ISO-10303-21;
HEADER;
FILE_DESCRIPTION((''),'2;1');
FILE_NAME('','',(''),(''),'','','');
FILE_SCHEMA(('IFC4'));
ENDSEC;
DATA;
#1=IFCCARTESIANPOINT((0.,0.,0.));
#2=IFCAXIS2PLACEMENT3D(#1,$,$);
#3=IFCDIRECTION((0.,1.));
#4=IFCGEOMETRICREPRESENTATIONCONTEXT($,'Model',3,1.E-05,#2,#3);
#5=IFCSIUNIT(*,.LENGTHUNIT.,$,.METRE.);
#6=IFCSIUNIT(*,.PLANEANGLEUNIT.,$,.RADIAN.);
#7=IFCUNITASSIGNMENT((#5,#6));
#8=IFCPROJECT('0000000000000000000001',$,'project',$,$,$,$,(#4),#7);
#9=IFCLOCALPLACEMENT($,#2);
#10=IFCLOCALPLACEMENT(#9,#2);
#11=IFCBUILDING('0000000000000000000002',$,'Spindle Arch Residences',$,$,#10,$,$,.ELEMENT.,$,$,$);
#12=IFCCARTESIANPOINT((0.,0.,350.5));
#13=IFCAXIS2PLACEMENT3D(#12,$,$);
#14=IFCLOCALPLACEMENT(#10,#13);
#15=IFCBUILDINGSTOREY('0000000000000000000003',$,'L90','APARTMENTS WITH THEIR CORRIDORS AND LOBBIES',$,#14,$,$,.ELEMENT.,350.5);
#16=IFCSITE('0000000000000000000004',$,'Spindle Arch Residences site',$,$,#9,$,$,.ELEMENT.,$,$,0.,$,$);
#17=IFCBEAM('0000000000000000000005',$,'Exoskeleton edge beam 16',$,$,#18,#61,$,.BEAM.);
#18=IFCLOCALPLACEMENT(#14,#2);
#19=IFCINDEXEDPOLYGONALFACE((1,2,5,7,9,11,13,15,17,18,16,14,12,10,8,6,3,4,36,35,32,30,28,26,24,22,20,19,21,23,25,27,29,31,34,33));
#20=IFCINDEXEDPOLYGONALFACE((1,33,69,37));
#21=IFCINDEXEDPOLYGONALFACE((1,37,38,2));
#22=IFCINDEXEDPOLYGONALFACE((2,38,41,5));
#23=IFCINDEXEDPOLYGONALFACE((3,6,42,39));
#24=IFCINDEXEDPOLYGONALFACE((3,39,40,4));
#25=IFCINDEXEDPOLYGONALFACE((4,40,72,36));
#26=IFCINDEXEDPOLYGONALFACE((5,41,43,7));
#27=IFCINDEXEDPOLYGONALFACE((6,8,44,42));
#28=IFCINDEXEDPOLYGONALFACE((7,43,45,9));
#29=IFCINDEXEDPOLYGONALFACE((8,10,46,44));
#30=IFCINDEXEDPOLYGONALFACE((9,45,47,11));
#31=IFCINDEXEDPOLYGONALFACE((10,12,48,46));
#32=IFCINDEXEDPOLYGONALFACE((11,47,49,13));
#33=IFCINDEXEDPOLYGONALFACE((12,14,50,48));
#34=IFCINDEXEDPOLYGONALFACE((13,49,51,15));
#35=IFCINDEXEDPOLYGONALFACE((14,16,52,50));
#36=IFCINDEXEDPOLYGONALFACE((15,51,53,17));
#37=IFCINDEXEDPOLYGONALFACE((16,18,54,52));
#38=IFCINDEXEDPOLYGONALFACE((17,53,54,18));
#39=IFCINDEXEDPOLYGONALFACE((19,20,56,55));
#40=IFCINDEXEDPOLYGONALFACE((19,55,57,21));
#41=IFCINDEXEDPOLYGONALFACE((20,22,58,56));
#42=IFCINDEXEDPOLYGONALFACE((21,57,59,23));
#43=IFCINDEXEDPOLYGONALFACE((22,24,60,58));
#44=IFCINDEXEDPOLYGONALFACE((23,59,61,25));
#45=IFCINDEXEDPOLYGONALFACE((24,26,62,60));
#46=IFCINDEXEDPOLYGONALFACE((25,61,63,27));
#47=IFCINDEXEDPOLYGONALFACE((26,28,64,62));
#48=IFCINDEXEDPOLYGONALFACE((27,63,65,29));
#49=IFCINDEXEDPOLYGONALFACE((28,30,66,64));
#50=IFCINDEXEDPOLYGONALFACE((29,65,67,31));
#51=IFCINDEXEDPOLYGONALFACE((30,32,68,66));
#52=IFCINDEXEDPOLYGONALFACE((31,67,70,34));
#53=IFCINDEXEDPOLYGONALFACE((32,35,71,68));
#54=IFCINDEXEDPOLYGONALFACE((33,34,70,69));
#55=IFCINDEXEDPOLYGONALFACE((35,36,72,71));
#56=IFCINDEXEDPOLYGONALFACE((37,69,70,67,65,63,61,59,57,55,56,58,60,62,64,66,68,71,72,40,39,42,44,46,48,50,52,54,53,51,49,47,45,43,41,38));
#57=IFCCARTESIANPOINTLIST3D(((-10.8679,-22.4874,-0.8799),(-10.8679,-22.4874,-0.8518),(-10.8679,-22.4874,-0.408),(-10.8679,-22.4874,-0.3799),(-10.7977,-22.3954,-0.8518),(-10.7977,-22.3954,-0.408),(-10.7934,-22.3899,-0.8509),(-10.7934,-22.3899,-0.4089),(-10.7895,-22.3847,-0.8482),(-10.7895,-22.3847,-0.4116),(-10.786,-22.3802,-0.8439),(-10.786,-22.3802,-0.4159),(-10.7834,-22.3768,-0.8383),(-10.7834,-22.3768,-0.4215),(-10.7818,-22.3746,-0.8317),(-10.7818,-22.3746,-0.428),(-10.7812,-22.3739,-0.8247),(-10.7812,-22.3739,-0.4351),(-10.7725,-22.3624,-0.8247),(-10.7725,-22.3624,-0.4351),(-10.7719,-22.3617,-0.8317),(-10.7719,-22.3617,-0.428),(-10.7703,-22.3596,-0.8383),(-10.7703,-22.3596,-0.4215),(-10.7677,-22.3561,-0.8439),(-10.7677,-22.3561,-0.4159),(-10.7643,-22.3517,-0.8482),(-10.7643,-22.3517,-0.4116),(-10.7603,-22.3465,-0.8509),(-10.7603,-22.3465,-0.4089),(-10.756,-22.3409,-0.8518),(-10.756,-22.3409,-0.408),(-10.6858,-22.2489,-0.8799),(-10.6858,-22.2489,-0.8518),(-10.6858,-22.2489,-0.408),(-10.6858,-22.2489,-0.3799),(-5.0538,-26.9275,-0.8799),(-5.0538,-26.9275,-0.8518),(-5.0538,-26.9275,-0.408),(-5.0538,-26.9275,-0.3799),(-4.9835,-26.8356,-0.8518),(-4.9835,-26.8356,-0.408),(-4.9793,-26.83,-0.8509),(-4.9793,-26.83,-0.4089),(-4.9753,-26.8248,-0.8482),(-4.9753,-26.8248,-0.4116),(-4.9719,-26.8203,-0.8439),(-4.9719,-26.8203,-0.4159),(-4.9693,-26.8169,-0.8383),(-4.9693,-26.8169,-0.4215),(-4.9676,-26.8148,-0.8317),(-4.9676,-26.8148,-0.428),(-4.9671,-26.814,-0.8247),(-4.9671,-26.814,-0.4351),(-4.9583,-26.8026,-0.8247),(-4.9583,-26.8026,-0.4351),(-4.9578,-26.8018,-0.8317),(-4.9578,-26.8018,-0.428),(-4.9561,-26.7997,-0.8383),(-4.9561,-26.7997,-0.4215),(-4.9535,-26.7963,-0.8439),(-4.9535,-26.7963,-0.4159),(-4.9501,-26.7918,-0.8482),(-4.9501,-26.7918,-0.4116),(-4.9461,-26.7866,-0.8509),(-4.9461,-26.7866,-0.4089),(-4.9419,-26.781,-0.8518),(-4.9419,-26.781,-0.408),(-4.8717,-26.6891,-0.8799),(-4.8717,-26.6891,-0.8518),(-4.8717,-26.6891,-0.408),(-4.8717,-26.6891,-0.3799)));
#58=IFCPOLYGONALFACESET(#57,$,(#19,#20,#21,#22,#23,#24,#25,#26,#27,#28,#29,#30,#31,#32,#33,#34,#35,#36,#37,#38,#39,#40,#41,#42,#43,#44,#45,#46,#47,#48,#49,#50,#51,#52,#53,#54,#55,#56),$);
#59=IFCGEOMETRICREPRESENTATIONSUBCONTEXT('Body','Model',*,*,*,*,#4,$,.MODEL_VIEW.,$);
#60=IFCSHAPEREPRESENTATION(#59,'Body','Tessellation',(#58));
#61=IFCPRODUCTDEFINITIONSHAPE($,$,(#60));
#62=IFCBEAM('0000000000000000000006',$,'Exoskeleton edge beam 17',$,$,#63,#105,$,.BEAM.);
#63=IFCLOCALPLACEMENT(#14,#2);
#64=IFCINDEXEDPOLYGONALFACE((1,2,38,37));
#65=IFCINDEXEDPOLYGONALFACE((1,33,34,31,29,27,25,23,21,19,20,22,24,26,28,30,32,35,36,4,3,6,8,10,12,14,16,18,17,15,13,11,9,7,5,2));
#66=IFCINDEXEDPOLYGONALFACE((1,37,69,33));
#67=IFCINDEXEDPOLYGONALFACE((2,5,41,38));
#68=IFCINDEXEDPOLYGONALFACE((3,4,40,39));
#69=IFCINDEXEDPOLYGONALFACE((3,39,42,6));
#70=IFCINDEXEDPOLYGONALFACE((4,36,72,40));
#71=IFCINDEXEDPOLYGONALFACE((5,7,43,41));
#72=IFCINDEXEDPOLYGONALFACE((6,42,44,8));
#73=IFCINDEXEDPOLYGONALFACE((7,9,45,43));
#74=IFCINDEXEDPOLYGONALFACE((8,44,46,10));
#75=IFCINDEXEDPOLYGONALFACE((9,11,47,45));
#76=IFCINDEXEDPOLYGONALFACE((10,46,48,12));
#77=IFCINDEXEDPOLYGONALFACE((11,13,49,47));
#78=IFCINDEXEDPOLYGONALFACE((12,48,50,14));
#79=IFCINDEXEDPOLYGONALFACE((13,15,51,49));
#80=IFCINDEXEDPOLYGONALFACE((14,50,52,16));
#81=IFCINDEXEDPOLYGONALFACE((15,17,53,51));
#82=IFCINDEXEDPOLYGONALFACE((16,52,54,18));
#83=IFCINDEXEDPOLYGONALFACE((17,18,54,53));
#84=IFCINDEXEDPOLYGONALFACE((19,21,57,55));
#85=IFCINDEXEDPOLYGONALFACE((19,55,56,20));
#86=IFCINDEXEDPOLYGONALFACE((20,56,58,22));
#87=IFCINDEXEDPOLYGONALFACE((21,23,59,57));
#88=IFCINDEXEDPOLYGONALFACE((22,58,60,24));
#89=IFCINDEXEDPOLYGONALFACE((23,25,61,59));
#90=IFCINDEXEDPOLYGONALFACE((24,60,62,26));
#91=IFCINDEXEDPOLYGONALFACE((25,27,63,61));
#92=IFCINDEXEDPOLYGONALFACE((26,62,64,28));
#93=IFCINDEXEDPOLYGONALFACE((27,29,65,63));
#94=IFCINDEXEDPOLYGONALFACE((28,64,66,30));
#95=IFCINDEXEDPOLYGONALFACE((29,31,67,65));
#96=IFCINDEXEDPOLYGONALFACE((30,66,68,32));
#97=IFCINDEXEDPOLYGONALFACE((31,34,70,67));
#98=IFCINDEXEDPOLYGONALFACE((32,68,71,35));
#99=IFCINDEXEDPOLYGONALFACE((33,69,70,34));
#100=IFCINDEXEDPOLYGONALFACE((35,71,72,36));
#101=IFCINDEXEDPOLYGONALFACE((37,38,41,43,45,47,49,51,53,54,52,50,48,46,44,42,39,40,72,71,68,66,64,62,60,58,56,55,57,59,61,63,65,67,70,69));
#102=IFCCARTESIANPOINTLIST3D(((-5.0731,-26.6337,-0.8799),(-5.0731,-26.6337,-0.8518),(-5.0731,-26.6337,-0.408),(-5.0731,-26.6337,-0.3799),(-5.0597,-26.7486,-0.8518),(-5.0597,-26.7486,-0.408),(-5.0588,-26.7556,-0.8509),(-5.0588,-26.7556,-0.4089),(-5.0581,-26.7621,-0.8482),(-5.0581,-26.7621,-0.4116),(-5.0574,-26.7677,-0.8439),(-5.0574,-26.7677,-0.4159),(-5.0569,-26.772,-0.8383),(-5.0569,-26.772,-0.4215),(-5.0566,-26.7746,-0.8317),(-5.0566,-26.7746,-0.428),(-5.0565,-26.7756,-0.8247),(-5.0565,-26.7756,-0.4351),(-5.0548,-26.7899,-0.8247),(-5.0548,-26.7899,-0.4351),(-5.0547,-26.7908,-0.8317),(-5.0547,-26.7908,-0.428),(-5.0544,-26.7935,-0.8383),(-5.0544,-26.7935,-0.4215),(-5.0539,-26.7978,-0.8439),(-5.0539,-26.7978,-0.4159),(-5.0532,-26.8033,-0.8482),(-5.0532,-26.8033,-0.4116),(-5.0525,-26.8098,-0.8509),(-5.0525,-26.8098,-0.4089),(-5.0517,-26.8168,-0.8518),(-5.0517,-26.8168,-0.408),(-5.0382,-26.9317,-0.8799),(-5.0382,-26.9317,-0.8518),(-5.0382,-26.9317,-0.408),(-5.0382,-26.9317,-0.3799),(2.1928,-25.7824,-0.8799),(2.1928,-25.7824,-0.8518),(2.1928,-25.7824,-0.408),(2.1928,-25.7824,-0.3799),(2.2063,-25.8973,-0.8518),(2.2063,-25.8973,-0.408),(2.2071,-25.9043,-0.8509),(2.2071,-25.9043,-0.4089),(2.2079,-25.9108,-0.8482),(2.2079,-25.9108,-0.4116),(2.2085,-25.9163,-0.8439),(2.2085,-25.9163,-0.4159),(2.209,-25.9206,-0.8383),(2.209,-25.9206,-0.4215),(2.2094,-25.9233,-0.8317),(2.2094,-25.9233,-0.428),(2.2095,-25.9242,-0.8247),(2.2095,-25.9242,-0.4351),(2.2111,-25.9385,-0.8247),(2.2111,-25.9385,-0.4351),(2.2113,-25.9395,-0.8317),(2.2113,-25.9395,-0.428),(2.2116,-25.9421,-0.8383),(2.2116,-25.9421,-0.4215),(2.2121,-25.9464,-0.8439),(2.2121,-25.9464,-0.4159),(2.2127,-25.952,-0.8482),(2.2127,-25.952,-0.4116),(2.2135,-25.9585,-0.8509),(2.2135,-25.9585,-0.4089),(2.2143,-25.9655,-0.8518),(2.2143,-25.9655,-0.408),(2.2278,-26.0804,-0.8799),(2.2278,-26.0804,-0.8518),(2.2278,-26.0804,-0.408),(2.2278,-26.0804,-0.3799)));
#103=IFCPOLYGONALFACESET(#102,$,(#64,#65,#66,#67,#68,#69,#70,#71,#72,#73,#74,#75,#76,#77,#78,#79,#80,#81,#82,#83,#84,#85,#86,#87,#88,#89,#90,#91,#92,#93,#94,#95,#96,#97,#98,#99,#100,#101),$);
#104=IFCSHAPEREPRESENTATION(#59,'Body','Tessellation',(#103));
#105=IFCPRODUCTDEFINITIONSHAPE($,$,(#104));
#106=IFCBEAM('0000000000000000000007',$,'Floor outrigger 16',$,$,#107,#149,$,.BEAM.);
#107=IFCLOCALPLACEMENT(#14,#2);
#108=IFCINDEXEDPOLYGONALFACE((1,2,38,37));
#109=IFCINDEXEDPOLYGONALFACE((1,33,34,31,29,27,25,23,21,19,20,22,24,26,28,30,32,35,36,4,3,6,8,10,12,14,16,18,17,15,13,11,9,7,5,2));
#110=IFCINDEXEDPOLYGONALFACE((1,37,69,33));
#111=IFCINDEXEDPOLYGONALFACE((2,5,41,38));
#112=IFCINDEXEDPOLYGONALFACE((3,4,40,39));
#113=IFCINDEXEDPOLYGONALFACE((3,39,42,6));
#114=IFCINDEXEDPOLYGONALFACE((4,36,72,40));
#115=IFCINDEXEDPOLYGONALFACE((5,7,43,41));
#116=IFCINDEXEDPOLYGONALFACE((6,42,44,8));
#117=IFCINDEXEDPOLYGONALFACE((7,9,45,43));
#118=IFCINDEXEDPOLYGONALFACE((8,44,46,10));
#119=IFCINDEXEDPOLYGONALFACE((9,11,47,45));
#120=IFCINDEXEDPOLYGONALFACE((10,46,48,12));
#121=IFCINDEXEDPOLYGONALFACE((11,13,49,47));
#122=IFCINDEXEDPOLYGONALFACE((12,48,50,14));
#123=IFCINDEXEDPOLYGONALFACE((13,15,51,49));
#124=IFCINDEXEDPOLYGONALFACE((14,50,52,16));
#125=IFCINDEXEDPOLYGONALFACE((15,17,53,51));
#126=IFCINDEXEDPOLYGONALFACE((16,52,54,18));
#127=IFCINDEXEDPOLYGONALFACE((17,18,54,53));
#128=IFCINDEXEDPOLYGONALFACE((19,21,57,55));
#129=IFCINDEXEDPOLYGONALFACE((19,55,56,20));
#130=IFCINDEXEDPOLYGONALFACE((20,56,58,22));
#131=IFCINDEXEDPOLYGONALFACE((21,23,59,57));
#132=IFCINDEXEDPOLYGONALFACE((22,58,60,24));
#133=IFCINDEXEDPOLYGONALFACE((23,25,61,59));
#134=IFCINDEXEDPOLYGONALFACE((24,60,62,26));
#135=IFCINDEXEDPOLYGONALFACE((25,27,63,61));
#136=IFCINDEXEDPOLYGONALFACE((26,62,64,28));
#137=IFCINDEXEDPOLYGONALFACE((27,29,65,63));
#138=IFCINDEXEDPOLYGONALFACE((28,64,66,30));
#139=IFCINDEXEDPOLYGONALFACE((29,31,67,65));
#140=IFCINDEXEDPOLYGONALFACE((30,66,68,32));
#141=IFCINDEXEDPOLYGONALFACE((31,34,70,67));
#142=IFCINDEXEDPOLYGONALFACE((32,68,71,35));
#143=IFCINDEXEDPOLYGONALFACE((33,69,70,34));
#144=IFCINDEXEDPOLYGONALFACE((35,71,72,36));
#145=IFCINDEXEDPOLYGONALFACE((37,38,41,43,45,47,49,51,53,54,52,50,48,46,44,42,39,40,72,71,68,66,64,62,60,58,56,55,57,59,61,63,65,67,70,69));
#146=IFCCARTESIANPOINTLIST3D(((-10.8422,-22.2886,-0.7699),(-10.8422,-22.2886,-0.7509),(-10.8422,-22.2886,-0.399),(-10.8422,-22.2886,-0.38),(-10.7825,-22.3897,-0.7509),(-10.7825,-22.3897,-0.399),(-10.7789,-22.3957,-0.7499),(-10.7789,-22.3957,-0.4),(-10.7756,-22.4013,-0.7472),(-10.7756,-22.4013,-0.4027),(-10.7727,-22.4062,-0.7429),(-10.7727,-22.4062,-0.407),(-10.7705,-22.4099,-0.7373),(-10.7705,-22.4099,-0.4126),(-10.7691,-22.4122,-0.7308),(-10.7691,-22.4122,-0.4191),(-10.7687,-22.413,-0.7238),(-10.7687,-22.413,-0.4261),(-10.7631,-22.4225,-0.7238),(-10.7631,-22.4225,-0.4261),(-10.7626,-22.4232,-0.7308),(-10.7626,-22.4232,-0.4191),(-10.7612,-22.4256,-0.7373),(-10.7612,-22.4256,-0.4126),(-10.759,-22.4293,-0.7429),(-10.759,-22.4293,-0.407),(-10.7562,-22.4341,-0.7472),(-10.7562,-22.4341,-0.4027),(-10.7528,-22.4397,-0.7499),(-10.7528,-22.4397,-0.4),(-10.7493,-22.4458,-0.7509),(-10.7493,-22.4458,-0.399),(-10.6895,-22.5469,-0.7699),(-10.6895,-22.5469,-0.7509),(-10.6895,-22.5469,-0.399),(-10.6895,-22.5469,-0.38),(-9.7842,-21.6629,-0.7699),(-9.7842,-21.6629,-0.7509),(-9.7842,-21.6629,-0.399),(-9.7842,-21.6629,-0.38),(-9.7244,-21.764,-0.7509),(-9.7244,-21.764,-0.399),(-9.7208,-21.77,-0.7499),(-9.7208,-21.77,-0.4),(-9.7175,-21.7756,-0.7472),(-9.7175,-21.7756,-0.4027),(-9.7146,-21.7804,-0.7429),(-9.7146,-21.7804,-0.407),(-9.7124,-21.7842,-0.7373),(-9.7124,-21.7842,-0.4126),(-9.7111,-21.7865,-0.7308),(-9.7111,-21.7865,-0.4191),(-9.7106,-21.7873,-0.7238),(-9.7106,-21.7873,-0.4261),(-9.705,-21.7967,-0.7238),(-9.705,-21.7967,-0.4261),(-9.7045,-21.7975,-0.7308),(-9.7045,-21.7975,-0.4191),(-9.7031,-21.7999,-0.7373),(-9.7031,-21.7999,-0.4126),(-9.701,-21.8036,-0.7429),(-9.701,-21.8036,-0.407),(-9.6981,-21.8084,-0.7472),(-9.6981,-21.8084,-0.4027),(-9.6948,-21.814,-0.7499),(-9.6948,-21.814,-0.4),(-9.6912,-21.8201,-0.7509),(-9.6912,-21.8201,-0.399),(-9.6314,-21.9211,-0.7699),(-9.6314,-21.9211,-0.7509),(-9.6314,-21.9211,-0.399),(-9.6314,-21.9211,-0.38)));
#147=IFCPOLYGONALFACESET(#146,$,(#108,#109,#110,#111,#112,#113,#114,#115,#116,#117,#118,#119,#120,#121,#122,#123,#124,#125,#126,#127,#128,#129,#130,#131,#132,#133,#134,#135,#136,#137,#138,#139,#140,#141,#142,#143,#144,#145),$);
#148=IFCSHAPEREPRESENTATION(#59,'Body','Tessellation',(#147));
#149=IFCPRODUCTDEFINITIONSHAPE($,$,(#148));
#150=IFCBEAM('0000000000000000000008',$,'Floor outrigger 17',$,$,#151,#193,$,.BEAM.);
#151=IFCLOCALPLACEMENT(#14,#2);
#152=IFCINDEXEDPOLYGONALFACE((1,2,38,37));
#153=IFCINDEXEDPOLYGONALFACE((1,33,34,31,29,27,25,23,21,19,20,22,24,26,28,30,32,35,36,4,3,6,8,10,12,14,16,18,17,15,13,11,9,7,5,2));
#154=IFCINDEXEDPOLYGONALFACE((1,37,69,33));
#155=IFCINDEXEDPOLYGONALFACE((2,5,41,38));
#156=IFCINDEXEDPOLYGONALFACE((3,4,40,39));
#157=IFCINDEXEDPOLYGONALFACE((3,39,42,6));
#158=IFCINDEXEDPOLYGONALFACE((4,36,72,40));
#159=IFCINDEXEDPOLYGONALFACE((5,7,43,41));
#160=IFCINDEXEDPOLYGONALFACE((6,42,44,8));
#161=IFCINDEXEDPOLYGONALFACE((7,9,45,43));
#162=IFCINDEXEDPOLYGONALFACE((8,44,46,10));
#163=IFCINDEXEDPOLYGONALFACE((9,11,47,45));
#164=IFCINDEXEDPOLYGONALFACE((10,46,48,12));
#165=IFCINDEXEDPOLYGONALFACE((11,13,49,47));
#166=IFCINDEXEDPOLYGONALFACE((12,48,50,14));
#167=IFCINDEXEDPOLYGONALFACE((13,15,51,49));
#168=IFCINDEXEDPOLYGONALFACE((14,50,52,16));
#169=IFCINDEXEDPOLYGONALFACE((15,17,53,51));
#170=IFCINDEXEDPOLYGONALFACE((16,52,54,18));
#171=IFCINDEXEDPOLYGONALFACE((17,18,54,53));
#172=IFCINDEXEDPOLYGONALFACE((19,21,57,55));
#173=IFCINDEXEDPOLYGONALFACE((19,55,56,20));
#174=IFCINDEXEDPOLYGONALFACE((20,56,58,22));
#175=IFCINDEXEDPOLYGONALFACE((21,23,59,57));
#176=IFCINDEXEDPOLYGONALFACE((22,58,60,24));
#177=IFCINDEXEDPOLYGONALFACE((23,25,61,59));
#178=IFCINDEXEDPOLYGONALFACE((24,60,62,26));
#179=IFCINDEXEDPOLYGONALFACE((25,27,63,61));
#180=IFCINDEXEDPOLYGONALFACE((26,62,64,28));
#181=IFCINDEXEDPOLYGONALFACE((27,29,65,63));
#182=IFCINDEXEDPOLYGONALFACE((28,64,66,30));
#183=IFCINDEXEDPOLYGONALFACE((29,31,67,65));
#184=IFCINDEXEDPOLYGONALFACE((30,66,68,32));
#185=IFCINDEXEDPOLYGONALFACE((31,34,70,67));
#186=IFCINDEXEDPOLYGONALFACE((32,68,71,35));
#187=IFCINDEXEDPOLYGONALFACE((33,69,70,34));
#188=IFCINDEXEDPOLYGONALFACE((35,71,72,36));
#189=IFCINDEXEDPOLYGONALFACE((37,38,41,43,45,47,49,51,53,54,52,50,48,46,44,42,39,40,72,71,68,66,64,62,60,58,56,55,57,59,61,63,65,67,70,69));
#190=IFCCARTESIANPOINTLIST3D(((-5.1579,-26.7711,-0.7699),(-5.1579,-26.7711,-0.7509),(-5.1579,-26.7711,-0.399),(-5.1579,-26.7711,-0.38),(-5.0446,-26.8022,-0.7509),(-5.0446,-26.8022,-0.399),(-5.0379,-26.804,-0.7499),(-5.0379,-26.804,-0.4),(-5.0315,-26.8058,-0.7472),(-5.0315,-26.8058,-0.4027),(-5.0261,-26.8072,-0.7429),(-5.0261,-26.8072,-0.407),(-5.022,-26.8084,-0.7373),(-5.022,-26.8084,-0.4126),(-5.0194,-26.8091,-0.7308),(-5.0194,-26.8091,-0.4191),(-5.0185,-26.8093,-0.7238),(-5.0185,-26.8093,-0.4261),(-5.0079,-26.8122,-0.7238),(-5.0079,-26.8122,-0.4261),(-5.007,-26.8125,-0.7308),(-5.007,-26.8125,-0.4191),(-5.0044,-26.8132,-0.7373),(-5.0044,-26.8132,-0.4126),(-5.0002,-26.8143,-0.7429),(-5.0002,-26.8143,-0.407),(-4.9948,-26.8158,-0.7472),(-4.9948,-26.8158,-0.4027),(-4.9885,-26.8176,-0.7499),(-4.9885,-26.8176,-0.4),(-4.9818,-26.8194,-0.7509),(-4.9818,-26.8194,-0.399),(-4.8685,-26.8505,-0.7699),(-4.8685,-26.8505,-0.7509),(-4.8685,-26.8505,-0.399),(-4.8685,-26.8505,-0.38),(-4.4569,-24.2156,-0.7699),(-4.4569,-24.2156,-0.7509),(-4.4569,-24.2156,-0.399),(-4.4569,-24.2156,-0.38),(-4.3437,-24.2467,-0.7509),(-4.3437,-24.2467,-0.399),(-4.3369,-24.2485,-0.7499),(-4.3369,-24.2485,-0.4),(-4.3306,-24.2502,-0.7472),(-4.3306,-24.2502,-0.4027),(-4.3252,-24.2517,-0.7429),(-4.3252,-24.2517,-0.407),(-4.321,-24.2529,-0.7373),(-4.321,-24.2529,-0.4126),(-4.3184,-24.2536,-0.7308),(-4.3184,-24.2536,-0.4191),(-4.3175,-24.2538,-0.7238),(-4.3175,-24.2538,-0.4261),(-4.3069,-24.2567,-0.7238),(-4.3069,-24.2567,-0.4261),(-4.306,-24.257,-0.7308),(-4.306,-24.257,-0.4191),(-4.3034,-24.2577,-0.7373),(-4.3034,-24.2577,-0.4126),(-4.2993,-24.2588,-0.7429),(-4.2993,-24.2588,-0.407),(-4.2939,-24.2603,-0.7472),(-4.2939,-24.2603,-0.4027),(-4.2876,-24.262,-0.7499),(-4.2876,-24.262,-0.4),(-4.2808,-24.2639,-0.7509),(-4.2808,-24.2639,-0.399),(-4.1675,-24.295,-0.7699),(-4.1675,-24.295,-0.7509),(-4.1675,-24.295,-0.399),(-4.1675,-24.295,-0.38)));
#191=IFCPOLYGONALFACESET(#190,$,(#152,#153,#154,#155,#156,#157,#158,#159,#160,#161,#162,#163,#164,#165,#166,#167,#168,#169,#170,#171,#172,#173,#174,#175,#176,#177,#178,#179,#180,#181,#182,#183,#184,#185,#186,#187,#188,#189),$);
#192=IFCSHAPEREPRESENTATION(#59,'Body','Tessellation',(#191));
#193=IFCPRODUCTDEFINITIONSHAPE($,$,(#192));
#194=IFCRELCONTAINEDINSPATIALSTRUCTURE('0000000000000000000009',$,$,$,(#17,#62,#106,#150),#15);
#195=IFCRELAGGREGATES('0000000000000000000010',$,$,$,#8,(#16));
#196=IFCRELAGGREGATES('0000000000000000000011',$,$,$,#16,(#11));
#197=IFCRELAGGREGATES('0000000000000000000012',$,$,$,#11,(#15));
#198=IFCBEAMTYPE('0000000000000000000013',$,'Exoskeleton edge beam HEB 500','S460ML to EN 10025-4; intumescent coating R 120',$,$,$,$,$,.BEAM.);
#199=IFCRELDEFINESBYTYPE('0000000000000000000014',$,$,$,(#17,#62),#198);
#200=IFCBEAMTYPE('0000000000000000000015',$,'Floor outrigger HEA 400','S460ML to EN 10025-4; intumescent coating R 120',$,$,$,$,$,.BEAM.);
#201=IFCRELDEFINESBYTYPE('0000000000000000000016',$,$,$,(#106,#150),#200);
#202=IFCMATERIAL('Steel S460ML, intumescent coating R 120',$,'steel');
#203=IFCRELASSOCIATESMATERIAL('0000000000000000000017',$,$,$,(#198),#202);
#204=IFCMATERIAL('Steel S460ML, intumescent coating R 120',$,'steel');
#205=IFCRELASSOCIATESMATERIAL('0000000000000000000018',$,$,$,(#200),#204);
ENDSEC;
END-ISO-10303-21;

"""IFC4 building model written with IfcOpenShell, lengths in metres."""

from ifc_helpers import new_model, si_unit, direction, frame, origin, origin_2d, place, context, subcontext, project, spatial, i_section, extrude, material, material_profile, profile_set, type_object, element, save


model = new_model("IFC4")

# Units and contexts
model_context = context("Model", 3, precision=1e-05, world=origin(), true_north=direction((0.0, 1.0)))
body_context = subcontext(model_context, "Body", "Model", "MODEL_VIEW")
ifc_project = project(units=[si_unit("LENGTHUNIT", "METRE"), si_unit("PLANEANGLEUNIT", "RADIAN")], contexts=[model_context])

# Site, building, storey
site_placement = place(None, origin())
site = spatial("IfcSite", under=ifc_project, at=site_placement, Name="Spindle Arch Residences site", CompositionType="ELEMENT", RefElevation=0.0)
building_placement = place(site_placement, origin())
building = spatial("IfcBuilding", under=site, at=building_placement, Name="Spindle Arch Residences", CompositionType="ELEMENT")
storey_placement = place(building_placement, frame((0.0, 0.0, 350.5)))
storey = spatial("IfcBuildingStorey", under=building, at=storey_placement, Name="L90", Description="APARTMENTS WITH THEIR CORRIDORS AND LOBBIES", CompositionType="ELEMENT", Elevation=350.5)

# Beams
ifc_material_1 = material(Name="Steel S460ML, intumescent coating R 120", Category="steel")
ifc_material_profile_1 = material_profile(ifc_material_1, i_section(OverallWidth=0.3, OverallDepth=0.5, WebThickness=0.0144, FlangeThickness=0.0281, FilletRadius=0.0271, at=origin_2d()), Name="HEB 500")
ifc_profile_set_1 = profile_set([ifc_material_profile_1], Name="Steel S460ML, intumescent coating R 120")
beam_type_1 = type_object("IfcBeamType", Name="Exoskeleton edge beam HEB 500", Description="S460ML to EN 10025-4; intumescent coating R 120", PredefinedType="BEAM", material=ifc_profile_set_1)
for number, where, z_axis, x_axis, name in (
    (1, (-10.7769, -22.3682, -0.6299), (0.794752, -0.606935, 0.0), (0.606935, 0.794752, 0.0), "Exoskeleton edge beam 16"),
    (2, (-5.0557, -26.7827, -0.6299), (0.993206, 0.116371, 0.0), (-0.116371, 0.993206, 0.0), "Exoskeleton edge beam 17"),
):
    element("IfcBeam", number, at=place(storey_placement, frame(where, z_axis=z_axis, x_axis=x_axis)), inside=storey, type_object=beam_type_1, Name=name, PredefinedType="BEAM", context=body_context, shape_type="SweptSolid", body=[
        extrude(i_section(OverallWidth=0.3, OverallDepth=0.5, WebThickness=0.0144, FlangeThickness=0.0281, FilletRadius=0.0271, at=origin_2d()), origin(), (0.0, 0.0, 1.0), 7.3157),
    ])
ifc_material_2 = material(Name="Steel S460ML, intumescent coating R 120", Category="steel")
ifc_material_profile_2 = material_profile(ifc_material_2, i_section(OverallWidth=0.3, OverallDepth=0.3899, WebThickness=0.011, FlangeThickness=0.019, FilletRadius=0.0271, at=origin_2d()), Name="HEA 400")
ifc_profile_set_2 = profile_set([ifc_material_profile_2], Name="Steel S460ML, intumescent coating R 120")
beam_type_2 = type_object("IfcBeamType", Name="Floor outrigger HEA 400", Description="S460ML to EN 10025-4; intumescent coating R 120", PredefinedType="BEAM", material=ifc_profile_set_2)
beam_1_placement = place(storey_placement, frame((-10.7659, -22.4177, -0.575), z_axis=(0.860753, 0.509024, 0.0), x_axis=(-0.509024, 0.860753, 0.0)))
element("IfcBeam", 3, at=beam_1_placement, inside=storey, type_object=beam_type_2, Name="Floor outrigger 16", PredefinedType="BEAM", context=body_context, shape_type="SweptSolid", body=[
    extrude(i_section(OverallWidth=0.3, OverallDepth=0.3899, WebThickness=0.011, FlangeThickness=0.019, FilletRadius=0.0271, at=origin_2d()), origin(), (0.0, 0.0, 1.0), 1.2292),
])
beam_2_placement = place(storey_placement, frame((-5.0132, -26.8108, -0.575), z_axis=(0.26452, 0.96438, 0.0), x_axis=(-0.96438, 0.26452, 0.0)))
element("IfcBeam", 4, at=beam_2_placement, inside=storey, type_object=beam_type_2, Name="Floor outrigger 17", PredefinedType="BEAM", context=body_context, shape_type="SweptSolid", body=[
    extrude(i_section(OverallWidth=0.3, OverallDepth=0.3899, WebThickness=0.011, FlangeThickness=0.019, FilletRadius=0.0271, at=origin_2d()), origin(), (0.0, 0.0, 1.0), 2.6499),
])

save(model, "model.ifc")
